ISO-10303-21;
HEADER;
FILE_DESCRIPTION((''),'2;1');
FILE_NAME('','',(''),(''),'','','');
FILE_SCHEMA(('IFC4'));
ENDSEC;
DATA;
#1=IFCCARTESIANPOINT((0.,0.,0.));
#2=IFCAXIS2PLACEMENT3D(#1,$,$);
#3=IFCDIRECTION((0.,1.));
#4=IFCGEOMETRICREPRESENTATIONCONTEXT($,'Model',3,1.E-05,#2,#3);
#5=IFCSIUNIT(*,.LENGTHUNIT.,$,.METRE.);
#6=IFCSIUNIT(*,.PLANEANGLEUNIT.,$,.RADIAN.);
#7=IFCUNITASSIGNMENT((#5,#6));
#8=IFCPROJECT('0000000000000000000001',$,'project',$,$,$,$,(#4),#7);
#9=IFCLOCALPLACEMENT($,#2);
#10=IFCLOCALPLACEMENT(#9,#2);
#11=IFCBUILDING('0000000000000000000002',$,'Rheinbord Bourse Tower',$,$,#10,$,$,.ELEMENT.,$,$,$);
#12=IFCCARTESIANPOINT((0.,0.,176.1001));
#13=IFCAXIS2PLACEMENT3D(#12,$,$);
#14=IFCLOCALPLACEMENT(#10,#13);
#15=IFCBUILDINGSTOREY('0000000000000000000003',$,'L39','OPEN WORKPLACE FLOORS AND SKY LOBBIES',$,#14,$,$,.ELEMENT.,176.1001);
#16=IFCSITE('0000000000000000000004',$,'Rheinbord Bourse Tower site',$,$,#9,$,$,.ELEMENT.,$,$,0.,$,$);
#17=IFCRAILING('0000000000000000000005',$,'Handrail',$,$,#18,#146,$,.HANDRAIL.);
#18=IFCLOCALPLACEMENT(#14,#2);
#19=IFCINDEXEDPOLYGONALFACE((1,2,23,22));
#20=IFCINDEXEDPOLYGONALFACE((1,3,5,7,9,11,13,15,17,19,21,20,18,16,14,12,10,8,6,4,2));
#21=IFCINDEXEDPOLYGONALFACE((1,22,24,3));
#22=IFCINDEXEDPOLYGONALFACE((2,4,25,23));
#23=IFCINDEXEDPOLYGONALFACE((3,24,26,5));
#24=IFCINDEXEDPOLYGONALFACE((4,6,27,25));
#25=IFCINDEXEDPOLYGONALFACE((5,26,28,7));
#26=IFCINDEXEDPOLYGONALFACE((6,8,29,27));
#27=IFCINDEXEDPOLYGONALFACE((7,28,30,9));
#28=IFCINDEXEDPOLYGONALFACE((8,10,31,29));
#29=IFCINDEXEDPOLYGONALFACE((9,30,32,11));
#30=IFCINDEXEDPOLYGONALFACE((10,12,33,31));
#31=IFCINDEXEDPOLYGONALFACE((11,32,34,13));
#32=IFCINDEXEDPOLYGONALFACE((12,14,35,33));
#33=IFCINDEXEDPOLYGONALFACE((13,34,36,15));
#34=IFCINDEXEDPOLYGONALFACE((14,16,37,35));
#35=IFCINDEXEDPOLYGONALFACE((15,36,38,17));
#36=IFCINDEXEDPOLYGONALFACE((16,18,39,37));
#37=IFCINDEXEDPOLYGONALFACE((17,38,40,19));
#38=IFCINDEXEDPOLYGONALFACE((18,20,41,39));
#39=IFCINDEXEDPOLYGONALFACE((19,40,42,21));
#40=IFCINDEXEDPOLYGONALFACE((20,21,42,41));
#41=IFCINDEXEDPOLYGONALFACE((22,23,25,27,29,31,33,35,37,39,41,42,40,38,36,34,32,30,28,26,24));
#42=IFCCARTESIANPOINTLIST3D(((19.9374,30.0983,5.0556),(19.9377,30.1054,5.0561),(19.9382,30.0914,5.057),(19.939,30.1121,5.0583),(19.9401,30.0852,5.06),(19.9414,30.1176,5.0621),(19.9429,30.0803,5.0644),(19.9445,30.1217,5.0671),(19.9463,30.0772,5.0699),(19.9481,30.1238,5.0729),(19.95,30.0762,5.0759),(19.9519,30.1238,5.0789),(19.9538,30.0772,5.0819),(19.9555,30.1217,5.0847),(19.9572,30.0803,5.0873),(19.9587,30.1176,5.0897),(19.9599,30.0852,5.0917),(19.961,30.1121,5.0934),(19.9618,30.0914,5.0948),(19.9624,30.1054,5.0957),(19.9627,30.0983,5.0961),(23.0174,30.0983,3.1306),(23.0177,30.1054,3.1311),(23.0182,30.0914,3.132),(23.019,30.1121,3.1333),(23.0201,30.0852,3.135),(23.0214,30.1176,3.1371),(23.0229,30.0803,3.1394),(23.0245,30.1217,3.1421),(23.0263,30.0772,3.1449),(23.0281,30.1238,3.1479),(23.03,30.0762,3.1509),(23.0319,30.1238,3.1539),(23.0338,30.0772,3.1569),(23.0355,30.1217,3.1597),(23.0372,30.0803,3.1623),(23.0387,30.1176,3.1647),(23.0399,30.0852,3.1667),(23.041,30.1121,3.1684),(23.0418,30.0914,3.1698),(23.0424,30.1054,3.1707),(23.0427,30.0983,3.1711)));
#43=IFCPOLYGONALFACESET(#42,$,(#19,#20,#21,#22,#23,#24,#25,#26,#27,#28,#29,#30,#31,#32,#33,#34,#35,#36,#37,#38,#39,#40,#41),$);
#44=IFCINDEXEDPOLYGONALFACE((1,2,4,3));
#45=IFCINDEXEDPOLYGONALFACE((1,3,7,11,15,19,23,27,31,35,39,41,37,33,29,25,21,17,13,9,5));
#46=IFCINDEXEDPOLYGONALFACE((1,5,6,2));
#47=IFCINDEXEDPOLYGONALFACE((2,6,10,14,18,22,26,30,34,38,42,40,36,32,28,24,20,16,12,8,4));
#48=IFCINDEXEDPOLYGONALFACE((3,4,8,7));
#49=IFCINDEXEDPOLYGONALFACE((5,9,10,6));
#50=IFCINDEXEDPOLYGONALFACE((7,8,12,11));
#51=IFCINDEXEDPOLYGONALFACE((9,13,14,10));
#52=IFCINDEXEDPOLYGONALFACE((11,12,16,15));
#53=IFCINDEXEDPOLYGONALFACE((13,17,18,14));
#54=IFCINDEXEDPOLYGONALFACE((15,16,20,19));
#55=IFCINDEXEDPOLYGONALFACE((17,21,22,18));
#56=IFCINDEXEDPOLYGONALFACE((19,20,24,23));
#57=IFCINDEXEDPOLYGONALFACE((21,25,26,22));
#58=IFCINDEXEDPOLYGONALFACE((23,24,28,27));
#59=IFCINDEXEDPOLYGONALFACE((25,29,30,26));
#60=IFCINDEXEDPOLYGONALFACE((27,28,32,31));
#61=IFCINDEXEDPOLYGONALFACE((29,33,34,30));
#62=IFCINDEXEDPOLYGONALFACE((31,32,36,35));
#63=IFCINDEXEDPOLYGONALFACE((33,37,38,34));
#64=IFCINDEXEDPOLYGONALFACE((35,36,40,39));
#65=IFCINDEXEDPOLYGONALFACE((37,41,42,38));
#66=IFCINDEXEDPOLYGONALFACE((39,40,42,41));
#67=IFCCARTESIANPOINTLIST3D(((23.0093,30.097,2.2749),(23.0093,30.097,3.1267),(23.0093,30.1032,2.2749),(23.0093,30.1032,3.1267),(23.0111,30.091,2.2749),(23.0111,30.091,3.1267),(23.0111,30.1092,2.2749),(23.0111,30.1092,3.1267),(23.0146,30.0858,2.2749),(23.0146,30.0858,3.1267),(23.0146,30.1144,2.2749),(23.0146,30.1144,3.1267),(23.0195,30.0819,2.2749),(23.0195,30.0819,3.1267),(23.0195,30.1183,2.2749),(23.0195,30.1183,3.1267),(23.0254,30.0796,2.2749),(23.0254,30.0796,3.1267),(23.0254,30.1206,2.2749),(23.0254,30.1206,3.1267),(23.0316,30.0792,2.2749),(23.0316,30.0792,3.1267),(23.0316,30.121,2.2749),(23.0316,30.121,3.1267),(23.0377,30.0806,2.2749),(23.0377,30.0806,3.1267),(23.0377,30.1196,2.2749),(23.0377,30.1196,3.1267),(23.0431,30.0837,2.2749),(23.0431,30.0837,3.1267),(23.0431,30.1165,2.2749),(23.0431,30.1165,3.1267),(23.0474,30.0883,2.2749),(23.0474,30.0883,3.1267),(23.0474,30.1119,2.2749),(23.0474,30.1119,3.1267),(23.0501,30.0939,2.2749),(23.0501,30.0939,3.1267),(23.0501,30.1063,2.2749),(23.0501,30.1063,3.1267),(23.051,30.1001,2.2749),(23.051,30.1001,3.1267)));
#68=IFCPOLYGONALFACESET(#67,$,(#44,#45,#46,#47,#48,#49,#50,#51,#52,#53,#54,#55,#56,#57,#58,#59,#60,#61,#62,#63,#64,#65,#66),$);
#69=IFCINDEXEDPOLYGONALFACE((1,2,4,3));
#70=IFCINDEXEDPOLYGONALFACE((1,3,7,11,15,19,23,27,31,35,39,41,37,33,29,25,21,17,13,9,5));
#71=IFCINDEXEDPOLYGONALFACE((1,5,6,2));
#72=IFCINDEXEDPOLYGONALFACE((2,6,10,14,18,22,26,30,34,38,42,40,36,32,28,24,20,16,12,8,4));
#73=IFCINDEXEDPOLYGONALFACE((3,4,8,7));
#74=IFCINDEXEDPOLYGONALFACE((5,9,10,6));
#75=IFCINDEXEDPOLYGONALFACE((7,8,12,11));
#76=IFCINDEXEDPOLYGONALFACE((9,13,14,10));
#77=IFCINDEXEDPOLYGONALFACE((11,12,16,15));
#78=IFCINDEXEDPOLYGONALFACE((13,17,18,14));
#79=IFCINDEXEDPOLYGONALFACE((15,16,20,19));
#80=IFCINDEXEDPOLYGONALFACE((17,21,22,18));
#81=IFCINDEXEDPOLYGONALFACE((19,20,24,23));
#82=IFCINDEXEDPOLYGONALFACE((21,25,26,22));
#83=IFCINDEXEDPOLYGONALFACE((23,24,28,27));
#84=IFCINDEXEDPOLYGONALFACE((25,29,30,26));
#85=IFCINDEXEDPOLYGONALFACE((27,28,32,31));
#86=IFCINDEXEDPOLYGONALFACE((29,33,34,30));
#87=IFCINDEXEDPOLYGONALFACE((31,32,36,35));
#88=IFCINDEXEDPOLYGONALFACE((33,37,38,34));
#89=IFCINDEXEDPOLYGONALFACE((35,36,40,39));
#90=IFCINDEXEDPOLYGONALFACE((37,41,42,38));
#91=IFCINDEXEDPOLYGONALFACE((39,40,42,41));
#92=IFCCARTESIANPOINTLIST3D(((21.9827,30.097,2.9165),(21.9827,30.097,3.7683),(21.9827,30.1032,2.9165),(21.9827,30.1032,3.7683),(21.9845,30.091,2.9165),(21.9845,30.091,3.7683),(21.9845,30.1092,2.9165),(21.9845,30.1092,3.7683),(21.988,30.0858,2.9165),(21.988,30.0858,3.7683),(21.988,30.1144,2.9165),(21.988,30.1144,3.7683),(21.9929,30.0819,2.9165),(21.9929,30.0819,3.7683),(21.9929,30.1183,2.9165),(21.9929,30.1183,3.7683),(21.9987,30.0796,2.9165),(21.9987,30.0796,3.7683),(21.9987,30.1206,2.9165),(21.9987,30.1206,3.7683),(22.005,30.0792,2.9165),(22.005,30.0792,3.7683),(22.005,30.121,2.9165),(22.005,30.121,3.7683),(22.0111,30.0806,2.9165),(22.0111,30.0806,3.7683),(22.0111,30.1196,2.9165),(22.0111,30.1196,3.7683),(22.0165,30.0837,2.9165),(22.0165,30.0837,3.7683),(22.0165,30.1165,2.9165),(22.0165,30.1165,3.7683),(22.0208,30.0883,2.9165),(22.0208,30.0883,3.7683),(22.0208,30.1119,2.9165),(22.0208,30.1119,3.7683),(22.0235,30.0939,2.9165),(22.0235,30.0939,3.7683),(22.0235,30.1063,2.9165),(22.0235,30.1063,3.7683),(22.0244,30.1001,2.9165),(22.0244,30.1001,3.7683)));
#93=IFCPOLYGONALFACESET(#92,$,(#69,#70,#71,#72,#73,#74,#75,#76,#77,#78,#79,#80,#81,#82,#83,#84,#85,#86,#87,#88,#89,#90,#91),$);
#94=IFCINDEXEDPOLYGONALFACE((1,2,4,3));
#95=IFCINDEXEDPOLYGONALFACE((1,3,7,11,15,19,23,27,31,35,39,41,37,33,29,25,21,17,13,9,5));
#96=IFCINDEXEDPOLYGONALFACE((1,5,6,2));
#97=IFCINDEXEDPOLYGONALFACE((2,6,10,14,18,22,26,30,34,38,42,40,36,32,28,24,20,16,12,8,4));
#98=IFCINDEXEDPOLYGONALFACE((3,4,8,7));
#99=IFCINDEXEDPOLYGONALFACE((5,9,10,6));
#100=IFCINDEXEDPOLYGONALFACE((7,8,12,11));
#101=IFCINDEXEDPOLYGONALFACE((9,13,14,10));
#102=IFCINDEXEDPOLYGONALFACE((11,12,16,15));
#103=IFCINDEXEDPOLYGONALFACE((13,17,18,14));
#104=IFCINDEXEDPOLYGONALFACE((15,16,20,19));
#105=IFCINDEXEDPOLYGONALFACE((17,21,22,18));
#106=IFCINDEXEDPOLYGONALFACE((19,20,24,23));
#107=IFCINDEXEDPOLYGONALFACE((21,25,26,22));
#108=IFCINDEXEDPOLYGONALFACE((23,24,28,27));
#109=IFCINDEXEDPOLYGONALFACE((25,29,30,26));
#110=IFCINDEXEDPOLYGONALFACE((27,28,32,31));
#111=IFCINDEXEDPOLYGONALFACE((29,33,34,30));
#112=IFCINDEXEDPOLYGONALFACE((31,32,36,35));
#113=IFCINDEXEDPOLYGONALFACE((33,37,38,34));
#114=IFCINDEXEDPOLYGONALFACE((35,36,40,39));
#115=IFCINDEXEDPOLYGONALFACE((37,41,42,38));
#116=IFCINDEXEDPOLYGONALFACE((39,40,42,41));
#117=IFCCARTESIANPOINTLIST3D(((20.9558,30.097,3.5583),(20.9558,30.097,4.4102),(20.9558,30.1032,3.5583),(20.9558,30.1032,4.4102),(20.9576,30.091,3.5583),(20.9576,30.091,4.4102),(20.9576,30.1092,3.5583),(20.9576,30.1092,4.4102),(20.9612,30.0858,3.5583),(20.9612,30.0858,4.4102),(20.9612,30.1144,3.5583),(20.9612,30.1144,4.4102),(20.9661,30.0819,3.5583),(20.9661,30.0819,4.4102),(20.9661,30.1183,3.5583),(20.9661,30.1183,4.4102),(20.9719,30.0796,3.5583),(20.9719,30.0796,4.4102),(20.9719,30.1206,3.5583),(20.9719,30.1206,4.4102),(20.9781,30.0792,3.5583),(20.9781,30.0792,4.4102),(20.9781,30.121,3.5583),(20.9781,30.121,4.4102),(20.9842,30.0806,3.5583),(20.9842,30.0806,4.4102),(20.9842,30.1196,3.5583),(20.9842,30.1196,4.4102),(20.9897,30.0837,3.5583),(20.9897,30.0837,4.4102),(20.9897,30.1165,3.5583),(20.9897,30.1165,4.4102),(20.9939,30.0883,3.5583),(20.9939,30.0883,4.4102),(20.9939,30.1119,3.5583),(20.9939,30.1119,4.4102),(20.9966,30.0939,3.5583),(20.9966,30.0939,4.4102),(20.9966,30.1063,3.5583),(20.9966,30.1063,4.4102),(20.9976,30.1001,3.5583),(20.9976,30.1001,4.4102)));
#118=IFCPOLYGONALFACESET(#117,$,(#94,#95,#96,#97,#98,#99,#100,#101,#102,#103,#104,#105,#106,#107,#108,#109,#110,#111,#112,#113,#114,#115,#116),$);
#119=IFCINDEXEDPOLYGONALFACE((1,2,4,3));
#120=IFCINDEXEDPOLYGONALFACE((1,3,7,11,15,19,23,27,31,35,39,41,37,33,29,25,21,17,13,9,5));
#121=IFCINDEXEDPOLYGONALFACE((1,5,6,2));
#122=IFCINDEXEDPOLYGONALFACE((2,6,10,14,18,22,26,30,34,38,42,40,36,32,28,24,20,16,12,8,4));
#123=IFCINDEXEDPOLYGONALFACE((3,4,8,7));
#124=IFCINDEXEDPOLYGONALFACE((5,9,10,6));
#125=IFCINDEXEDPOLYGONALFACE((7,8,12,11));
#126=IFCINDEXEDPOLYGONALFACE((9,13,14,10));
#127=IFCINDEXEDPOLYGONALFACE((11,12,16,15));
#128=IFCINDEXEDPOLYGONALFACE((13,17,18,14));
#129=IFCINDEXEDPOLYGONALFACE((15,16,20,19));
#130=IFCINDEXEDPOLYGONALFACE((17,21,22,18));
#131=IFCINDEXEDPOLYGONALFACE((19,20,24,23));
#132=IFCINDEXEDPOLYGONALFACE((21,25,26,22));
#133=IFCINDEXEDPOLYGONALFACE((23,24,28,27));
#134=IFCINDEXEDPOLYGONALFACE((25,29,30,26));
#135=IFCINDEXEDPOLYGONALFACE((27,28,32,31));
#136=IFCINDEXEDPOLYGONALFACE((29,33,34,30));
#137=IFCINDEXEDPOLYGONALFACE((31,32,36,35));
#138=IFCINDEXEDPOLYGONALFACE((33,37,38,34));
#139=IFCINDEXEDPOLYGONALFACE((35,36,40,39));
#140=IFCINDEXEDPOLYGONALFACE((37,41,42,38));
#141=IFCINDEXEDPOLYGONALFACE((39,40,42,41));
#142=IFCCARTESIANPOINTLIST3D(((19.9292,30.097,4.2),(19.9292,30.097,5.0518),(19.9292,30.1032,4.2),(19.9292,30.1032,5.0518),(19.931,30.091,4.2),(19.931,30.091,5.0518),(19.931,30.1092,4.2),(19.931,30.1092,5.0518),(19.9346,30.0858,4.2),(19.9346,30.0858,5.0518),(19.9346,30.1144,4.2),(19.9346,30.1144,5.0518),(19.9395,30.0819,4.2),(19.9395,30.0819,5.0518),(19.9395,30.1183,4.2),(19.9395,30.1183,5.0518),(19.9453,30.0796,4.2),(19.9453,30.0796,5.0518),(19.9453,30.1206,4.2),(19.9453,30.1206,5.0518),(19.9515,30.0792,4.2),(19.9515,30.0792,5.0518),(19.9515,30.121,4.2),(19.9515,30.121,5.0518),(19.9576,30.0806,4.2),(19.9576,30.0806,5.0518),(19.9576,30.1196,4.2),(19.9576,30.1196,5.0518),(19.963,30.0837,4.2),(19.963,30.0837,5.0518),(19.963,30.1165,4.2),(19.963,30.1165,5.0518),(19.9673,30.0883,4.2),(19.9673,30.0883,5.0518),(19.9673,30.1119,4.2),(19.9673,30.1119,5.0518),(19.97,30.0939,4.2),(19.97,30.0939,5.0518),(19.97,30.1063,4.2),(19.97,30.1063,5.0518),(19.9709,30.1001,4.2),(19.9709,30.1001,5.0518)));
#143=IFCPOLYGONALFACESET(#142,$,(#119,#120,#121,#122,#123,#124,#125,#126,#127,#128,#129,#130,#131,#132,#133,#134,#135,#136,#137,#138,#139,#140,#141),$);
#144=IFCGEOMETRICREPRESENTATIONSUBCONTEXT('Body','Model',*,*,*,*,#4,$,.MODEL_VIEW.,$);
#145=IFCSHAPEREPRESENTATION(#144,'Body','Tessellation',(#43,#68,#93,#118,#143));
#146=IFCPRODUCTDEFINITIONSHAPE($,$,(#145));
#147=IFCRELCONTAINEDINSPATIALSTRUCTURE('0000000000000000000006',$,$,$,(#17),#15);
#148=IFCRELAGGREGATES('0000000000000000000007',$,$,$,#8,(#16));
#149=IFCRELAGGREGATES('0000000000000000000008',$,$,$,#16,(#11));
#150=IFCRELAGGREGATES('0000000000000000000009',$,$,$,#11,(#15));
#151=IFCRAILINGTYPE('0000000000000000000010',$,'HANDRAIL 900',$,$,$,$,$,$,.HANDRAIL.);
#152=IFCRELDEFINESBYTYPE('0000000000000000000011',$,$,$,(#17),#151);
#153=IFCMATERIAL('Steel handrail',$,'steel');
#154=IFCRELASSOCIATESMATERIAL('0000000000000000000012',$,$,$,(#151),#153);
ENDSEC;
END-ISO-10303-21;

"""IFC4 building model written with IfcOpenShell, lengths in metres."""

from ifc_helpers import new_model, si_unit, direction, frame, origin, origin_2d, place, context, subcontext, project, spatial, circle, extrude, material, type_object, element, save


model = new_model("IFC4")

# Units and contexts
model_context = context("Model", 3, precision=1e-05, world=origin(), true_north=direction((0.0, 1.0)))
body_context = subcontext(model_context, "Body", "Model", "MODEL_VIEW")
ifc_project = project(units=[si_unit("LENGTHUNIT", "METRE"), si_unit("PLANEANGLEUNIT", "RADIAN")], contexts=[model_context])

# Site, building, storey
site_placement = place(None, origin())
site = spatial("IfcSite", under=ifc_project, at=site_placement, Name="Rheinbord Bourse Tower site", CompositionType="ELEMENT", RefElevation=0.0)
building_placement = place(site_placement, origin())
building = spatial("IfcBuilding", under=site, at=building_placement, Name="Rheinbord Bourse Tower", CompositionType="ELEMENT")
storey_placement = place(building_placement, frame((0.0, 0.0, 176.1001)))
storey = spatial("IfcBuildingStorey", under=building, at=storey_placement, Name="L39", Description="OPEN WORKPLACE FLOORS AND SKY LOBBIES", CompositionType="ELEMENT", Elevation=176.1001)

# Railing
ifc_material_1 = material(Name="Steel handrail", Category="steel")
railing_type = type_object("IfcRailingType", Name="HANDRAIL 900", PredefinedType="HANDRAIL", material=ifc_material_1)
railing_1_placement = place(storey_placement, frame((23.03, 30.1001, 2.2749)))
element("IfcRailing", 1, at=railing_1_placement, inside=storey, type_object=railing_type, Name="Handrail", PredefinedType="HANDRAIL", context=body_context, shape_type="SweptSolid", body=[
    extrude(circle(Radius=0.0239, at=origin_2d()), frame((0.0, 0.0, 0.876), z_axis=(-0.847998, 0.0, 0.529999), x_axis=(0.0, -1.0, 0.0)), (0.0, 0.0, 1.0), 3.6321),
    extrude(circle(Radius=0.021, at=origin_2d()), origin(), (0.0, 0.0, 1.0), 0.8518),
    extrude(circle(Radius=0.021, at=origin_2d()), frame((-1.0266, 0.0, 0.6416)), (0.0, 0.0, 1.0), 0.8518),
    extrude(circle(Radius=0.021, at=origin_2d()), frame((-2.0535, 0.0, 1.2834)), (0.0, 0.0, 1.0), 0.8518),
    extrude(circle(Radius=0.021, at=origin_2d()), frame((-3.0801, 0.0, 1.925)), (0.0, 0.0, 1.0), 0.8518),
])

save(model, "model.ifc")
